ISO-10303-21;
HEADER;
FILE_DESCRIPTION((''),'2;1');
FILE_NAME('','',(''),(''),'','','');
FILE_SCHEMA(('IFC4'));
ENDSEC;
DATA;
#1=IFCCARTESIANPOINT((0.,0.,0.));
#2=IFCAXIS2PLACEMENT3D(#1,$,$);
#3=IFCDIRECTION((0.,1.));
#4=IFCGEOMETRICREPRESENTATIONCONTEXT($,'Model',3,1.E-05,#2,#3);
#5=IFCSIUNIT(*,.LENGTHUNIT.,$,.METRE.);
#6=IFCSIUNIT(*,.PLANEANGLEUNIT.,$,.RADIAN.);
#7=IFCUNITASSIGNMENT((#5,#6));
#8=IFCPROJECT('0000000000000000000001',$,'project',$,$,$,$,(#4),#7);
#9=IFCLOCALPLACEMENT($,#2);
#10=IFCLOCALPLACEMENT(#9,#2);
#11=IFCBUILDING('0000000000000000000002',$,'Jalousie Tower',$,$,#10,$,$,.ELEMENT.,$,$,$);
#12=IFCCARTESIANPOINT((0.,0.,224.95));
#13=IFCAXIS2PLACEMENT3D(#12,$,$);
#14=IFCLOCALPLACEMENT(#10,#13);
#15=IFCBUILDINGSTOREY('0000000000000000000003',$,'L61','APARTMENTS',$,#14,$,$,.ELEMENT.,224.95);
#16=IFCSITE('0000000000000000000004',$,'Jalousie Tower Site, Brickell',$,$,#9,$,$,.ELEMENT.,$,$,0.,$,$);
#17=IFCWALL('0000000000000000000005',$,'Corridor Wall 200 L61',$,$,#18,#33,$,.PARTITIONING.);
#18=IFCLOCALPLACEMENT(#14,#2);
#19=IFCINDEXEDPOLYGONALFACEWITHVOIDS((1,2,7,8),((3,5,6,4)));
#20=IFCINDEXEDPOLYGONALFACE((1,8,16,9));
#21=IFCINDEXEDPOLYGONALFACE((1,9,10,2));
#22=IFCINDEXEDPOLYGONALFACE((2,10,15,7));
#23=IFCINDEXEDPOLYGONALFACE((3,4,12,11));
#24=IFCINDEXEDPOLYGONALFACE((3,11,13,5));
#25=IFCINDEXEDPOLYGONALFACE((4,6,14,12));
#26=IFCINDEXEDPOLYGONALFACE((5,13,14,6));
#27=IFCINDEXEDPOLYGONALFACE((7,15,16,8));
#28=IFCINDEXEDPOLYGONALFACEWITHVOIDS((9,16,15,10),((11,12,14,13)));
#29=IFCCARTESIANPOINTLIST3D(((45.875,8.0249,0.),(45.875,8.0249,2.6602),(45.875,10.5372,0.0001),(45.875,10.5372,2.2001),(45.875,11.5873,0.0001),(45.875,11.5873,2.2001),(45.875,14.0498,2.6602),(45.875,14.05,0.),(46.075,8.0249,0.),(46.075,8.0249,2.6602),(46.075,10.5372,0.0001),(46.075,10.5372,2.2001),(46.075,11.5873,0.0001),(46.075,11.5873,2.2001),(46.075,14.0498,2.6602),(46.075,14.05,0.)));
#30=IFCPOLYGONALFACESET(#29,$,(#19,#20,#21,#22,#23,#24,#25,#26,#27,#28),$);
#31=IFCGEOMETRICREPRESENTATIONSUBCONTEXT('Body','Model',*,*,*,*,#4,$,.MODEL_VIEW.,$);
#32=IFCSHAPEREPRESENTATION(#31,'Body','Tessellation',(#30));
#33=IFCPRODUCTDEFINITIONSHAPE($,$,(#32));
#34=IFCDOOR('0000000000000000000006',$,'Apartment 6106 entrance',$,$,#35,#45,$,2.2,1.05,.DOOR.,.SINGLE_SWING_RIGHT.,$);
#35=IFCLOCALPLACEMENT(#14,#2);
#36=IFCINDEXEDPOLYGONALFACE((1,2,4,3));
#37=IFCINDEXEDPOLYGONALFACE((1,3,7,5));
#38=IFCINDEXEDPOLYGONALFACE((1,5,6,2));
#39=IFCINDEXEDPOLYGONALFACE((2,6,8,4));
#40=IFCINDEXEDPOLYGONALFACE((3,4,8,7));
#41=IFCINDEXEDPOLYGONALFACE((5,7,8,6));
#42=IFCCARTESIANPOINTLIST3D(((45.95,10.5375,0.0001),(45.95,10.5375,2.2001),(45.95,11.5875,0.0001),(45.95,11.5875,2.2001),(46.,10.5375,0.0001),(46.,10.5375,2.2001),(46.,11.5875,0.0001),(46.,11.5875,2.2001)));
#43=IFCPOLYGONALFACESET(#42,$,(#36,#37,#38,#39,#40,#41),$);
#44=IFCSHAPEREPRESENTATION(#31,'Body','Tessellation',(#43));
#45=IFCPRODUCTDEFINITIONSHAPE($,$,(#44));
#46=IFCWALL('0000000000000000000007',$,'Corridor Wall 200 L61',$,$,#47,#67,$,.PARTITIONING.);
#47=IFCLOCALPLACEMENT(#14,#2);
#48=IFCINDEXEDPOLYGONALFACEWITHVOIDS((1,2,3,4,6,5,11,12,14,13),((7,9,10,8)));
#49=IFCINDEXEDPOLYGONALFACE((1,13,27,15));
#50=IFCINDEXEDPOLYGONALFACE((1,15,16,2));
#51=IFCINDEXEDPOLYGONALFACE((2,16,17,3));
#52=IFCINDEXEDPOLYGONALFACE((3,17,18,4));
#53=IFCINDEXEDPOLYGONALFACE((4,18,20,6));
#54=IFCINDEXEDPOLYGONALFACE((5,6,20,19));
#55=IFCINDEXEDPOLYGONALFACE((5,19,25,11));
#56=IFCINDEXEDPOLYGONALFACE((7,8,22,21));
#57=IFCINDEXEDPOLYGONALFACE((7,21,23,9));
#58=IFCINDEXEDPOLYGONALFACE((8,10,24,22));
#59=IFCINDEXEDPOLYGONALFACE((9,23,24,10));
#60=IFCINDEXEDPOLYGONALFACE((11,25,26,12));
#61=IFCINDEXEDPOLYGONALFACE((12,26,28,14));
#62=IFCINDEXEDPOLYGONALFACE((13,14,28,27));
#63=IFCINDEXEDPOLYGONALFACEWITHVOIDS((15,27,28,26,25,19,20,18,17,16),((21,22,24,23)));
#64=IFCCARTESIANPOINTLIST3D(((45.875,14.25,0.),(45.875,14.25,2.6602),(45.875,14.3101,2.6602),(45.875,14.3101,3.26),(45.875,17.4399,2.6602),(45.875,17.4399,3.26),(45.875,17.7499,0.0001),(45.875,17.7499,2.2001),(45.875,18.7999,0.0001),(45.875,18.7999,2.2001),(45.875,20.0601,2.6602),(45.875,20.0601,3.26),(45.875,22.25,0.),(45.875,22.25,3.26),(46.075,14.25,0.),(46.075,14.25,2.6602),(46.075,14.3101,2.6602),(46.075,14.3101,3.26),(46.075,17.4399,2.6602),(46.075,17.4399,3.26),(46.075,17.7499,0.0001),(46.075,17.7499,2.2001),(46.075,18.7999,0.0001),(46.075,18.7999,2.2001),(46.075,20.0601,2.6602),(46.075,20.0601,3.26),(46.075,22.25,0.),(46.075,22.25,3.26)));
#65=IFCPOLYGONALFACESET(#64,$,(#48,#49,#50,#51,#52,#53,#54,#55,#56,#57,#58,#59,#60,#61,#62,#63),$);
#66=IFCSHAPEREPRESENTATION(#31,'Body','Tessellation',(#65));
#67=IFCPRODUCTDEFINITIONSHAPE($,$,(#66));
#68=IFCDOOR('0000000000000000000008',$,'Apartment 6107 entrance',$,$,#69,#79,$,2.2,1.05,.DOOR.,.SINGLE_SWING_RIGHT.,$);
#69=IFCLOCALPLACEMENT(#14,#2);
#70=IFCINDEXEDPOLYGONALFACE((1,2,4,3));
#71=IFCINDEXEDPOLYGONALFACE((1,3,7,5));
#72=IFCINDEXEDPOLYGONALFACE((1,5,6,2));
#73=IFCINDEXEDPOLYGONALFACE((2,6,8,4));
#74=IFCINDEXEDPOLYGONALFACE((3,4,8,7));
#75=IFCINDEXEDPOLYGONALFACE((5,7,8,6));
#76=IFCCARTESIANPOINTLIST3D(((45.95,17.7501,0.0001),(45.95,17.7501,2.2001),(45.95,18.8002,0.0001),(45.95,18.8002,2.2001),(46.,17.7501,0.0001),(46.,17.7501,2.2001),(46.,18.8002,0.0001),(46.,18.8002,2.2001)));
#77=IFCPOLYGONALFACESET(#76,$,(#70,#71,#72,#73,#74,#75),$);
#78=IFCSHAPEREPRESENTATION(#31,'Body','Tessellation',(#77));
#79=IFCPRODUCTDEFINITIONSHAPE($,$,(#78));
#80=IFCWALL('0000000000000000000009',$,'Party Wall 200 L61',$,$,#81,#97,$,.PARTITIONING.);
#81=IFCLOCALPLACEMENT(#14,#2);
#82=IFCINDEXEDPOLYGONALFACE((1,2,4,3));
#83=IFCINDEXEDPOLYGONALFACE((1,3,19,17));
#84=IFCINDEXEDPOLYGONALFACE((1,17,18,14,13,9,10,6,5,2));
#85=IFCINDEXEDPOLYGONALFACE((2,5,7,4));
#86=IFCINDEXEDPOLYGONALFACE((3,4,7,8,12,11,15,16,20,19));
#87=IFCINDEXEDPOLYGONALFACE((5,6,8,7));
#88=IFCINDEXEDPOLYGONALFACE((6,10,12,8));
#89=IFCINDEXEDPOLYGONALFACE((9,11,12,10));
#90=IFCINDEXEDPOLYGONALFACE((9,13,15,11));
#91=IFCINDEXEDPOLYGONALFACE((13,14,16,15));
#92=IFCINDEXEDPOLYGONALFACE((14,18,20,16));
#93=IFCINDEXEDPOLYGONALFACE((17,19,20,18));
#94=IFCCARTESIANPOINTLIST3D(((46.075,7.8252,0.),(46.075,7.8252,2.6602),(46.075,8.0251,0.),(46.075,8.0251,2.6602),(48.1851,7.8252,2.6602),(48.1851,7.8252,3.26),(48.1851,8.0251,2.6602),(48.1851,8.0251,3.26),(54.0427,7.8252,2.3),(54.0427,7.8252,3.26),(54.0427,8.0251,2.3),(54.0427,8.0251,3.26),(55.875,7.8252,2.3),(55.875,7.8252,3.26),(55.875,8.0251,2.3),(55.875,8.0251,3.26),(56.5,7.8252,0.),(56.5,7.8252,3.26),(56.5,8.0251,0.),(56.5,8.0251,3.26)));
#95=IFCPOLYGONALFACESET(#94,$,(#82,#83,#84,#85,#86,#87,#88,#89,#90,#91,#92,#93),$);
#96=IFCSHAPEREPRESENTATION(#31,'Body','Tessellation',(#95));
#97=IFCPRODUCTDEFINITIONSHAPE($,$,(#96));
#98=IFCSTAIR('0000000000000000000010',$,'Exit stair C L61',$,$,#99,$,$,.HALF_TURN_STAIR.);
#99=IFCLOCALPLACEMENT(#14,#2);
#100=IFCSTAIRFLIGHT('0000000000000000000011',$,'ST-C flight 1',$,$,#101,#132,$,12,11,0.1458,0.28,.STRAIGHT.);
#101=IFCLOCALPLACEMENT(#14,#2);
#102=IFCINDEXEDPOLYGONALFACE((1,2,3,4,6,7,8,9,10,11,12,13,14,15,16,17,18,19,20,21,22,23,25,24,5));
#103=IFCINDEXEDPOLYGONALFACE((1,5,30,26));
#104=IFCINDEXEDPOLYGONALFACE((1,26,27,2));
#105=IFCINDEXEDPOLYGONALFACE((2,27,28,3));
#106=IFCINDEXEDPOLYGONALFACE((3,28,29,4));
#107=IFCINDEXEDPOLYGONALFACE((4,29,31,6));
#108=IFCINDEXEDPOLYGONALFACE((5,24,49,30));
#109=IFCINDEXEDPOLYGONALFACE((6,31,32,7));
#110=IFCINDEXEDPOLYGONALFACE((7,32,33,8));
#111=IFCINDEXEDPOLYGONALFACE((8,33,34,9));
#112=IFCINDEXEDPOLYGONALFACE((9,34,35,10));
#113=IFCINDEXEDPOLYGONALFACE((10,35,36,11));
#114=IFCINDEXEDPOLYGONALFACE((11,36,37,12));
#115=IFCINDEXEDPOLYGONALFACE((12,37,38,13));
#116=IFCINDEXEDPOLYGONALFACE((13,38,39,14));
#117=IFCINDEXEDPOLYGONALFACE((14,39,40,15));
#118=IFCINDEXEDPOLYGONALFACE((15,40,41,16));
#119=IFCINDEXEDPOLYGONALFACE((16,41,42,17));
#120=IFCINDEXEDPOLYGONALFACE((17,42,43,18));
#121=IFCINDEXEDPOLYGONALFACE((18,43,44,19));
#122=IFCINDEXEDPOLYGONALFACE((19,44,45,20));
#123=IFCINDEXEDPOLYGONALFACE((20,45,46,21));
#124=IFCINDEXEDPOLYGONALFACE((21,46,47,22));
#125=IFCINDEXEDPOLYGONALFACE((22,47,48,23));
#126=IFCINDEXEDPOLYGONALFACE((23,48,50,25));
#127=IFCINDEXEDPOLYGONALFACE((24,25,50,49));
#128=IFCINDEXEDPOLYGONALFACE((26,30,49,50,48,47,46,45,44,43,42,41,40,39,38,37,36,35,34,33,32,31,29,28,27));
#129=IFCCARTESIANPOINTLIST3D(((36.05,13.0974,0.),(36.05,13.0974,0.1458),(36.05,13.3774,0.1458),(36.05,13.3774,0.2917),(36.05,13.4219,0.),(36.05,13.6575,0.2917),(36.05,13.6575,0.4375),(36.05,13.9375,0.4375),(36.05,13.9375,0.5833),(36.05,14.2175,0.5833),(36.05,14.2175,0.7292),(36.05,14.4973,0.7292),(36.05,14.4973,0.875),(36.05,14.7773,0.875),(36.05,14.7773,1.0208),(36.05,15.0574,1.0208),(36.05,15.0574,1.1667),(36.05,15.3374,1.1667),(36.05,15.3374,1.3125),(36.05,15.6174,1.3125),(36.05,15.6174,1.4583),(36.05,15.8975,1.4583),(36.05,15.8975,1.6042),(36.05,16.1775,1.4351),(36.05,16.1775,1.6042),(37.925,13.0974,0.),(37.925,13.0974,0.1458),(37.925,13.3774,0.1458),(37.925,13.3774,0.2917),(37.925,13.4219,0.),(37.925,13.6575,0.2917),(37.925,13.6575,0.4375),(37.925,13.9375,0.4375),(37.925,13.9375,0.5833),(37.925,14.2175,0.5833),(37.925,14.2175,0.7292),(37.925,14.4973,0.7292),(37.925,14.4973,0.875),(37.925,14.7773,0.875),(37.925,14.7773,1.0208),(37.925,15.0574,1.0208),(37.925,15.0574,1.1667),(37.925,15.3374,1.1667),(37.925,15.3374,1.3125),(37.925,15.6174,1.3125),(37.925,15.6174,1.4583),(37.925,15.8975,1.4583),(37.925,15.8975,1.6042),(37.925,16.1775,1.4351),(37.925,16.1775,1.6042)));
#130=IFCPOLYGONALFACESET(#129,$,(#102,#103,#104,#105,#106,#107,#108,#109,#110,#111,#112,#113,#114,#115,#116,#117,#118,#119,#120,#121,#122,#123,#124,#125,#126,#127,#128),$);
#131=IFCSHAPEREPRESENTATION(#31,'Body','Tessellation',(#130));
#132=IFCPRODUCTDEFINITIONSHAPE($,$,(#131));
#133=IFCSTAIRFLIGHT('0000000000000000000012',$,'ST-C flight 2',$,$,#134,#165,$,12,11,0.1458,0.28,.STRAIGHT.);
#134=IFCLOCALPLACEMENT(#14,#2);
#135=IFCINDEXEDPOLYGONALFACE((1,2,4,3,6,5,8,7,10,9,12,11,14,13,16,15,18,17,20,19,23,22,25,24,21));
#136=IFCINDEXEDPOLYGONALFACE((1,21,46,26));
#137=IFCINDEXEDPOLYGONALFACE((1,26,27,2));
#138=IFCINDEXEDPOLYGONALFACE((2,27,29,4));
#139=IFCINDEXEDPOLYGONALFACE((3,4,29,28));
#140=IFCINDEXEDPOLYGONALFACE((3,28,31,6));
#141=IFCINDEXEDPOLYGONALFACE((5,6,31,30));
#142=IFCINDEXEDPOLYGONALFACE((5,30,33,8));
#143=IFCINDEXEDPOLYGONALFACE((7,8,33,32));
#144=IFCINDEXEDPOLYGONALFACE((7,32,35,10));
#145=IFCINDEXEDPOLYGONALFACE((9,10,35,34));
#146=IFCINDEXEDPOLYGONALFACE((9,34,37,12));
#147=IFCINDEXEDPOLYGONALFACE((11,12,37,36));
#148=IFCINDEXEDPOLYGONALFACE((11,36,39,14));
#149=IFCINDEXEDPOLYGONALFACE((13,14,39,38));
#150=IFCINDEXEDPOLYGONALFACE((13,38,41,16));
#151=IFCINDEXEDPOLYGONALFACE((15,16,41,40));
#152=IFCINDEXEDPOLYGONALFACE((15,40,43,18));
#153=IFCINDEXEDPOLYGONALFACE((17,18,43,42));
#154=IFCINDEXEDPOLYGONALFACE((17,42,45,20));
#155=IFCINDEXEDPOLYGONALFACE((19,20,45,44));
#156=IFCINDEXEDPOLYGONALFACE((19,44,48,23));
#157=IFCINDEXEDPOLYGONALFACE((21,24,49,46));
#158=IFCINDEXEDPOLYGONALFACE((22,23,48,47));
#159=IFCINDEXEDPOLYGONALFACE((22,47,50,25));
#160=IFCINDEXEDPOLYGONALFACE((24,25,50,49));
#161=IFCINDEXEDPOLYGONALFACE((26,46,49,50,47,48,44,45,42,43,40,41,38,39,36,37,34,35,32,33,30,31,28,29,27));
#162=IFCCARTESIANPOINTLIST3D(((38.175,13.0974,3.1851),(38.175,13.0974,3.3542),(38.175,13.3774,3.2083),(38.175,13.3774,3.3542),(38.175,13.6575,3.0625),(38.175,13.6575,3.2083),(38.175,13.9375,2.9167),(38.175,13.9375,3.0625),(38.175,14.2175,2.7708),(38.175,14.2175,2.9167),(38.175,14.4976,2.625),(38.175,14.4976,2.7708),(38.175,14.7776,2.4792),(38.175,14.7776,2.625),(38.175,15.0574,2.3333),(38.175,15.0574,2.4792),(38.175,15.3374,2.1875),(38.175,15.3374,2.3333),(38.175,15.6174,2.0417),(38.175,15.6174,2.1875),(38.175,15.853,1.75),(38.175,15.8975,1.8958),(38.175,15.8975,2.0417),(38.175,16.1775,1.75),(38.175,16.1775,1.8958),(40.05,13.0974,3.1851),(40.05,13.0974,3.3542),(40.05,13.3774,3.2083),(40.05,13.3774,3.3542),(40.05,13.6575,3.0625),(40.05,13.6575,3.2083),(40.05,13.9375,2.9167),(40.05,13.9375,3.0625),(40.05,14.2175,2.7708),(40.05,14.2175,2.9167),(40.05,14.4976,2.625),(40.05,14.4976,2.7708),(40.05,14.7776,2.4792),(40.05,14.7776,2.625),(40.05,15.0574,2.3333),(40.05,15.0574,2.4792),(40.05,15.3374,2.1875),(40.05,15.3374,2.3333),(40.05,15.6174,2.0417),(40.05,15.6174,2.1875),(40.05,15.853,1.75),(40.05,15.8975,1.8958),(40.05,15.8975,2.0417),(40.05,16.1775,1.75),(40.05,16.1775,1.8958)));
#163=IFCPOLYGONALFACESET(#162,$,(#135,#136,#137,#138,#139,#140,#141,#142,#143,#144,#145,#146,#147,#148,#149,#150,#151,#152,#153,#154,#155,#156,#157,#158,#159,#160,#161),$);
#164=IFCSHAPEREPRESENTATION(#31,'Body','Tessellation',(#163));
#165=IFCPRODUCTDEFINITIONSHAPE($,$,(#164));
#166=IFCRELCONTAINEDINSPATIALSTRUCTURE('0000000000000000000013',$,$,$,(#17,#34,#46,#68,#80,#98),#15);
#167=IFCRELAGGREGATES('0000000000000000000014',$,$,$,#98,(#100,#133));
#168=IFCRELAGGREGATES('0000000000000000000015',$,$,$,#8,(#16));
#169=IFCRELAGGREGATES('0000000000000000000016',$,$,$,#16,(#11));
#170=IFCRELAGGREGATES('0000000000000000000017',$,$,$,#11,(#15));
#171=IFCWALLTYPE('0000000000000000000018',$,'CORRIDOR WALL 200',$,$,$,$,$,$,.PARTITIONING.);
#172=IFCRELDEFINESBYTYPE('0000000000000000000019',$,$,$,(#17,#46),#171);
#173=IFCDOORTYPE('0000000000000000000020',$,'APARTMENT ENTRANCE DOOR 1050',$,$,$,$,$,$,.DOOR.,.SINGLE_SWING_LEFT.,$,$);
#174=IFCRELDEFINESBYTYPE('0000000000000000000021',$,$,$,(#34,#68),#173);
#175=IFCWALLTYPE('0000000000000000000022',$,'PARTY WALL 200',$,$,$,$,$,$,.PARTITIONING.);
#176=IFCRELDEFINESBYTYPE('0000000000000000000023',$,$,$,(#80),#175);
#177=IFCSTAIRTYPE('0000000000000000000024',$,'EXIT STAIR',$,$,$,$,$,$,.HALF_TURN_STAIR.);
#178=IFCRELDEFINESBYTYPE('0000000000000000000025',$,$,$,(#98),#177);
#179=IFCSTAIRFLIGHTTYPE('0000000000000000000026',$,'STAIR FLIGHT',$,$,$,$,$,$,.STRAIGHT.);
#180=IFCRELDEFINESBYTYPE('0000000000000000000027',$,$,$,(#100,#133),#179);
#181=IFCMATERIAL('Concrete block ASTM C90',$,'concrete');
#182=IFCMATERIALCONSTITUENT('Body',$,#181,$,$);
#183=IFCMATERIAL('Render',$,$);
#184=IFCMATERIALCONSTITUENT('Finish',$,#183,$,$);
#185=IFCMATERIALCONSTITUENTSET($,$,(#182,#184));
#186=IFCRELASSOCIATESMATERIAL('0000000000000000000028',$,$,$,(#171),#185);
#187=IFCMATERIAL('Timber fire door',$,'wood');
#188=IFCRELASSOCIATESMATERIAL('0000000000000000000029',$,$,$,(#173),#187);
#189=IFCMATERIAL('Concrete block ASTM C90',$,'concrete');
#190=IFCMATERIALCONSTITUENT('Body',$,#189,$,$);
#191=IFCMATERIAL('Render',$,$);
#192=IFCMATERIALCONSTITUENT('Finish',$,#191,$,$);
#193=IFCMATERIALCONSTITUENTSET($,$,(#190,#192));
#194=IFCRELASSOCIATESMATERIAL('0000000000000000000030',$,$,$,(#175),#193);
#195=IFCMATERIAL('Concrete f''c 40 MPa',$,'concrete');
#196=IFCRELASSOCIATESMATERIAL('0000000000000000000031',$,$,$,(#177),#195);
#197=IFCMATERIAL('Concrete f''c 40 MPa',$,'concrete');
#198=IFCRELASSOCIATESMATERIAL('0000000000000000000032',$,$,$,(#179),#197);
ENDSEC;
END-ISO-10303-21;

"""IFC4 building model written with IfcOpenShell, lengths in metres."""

from ifc_helpers import new_model, si_unit, direction, frame, frame_2d, origin, place, context, subcontext, project, spatial, polyline, rectangle, outline, extrude, material, constituent, constituent_set, type_object, element, fill, aggregate, save


model = new_model("IFC4")

# Units and contexts
model_context = context("Model", 3, precision=1e-05, world=origin(), true_north=direction((0.0, 1.0)))
body_context = subcontext(model_context, "Body", "Model", "MODEL_VIEW")
ifc_project = project(units=[si_unit("LENGTHUNIT", "METRE"), si_unit("PLANEANGLEUNIT", "RADIAN")], contexts=[model_context])

# Site, building, storey
site_placement = place(None, origin())
site = spatial("IfcSite", under=ifc_project, at=site_placement, Name="Jalousie Tower Site, Brickell", CompositionType="ELEMENT", RefElevation=0.0)
building_placement = place(site_placement, origin())
building = spatial("IfcBuilding", under=site, at=building_placement, Name="Jalousie Tower", CompositionType="ELEMENT")
storey_placement = place(building_placement, frame((0.0, 0.0, 224.95)))
storey = spatial("IfcBuildingStorey", under=building, at=storey_placement, Name="L61", Description="APARTMENTS", CompositionType="ELEMENT", Elevation=224.95)

# Walls, openings, doors
ifc_material_1 = material(Name="Concrete block ASTM C90", Category="concrete")
ifc_constituent_1 = constituent(ifc_material_1, Name="Body")
ifc_material_2 = material(Name="Render")
ifc_constituent_2 = constituent(ifc_material_2, Name="Finish")
ifc_constituent_set_1 = constituent_set(constituents=[ifc_constituent_1, ifc_constituent_2])
wall_type_1 = type_object("IfcWallType", Name="CORRIDOR WALL 200", PredefinedType="PARTITIONING", material=ifc_constituent_set_1)
ifc_material_3 = material(Name="Timber fire door", Category="wood")
door_type_1 = type_object("IfcDoorType", Name="APARTMENT ENTRANCE DOOR 1050", OperationType="SINGLE_SWING_LEFT", PredefinedType="DOOR", material=ifc_material_3)
wall_1_placement = place(storey_placement, frame((45.9751, 8.0249, 0.0), z_axis=(0.0, 0.0, 1.0), x_axis=(0.0, 1.0, 0.0)))
wall_1 = element("IfcWall", 1, at=wall_1_placement, inside=storey, type_object=wall_type_1, Name="Corridor Wall 200 L61", PredefinedType="PARTITIONING", context=body_context, shape_type="SweptSolid", body=[
    extrude(outline(polyline([(0.0, 0.0), (6.0251, 0.0), (6.0249, 3.26), (6.0249, 2.6602), (5.085, 2.6602), (0.0, 2.6602), (0.0, 3.26), (0.0, 0.0)])), frame((0.0, 0.1001, 0.0), z_axis=(0.0, -1.0, 0.0), x_axis=(1.0, 0.0, 0.0)), (0.0, 0.0, 1.0), 0.2),
])
opening_1_placement = place(wall_1_placement, frame((2.5125, 0.0, 0.0)))
opening_1 = element("IfcOpeningElement", 2, at=opening_1_placement, cuts=wall_1, PredefinedType="OPENING", context=body_context, shape_type="SweptSolid", body=[
    extrude(rectangle(XDim=1.05, YDim=2.2, at=frame_2d((0.5249, 1.1001))), frame((0.0, 0.1099, 0.0), z_axis=(0.0, -1.0, 0.0), x_axis=(1.0, 0.0, 0.0)), (0.0, 0.0, 1.0), 0.22),
])
door_1_placement = place(opening_1_placement, frame((1.05, 0.0, 0.0), z_axis=(0.0, 0.0, 1.0), x_axis=(-1.0, 0.0, 0.0)))
door_1 = element("IfcDoor", 3, at=door_1_placement, inside=storey, type_object=door_type_1, Name="Apartment 6106 entrance", OperationType="SINGLE_SWING_RIGHT", OverallHeight=2.2, OverallWidth=1.05, PredefinedType="DOOR", context=body_context, shape_type="SweptSolid", body=[
    extrude(rectangle(XDim=1.05, YDim=2.2, at=frame_2d((0.5249, 1.1001))), frame((0.0, 0.0249, 0.0), z_axis=(0.0, -1.0, 0.0), x_axis=(1.0, 0.0, 0.0)), (0.0, 0.0, 1.0), 0.05),
])
fill(opening_1, door_1)
wall_2_placement = place(storey_placement, frame((45.9751, 14.25, 0.0), z_axis=(0.0, 0.0, 1.0), x_axis=(0.0, 1.0, 0.0)))
wall_2 = element("IfcWall", 4, at=wall_2_placement, inside=storey, type_object=wall_type_1, Name="Corridor Wall 200 L61", PredefinedType="PARTITIONING", context=body_context, shape_type="SweptSolid", body=[
    extrude(outline(polyline([(0.0, 0.0), (8.0, 0.0), (8.0, 3.26), (5.8101, 3.26), (5.8101, 2.6602), (3.1899, 2.6602), (3.1899, 3.26), (0.0601, 3.26), (0.0601, 2.6602), (0.0, 2.6602), (0.0, 3.26), (0.0, 0.0)])), frame((0.0, 0.1001, 0.0), z_axis=(0.0, -1.0, 0.0), x_axis=(1.0, 0.0, 0.0)), (0.0, 0.0, 1.0), 0.2),
])
opening_2_placement = place(wall_2_placement, frame((3.5, 0.0, 0.0)))
opening_2 = element("IfcOpeningElement", 5, at=opening_2_placement, cuts=wall_2, PredefinedType="OPENING", context=body_context, shape_type="SweptSolid", body=[
    extrude(rectangle(XDim=1.05, YDim=2.2, at=frame_2d((0.5249, 1.1001))), frame((0.0, 0.1099, 0.0), z_axis=(0.0, -1.0, 0.0), x_axis=(1.0, 0.0, 0.0)), (0.0, 0.0, 1.0), 0.22),
])
door_2_placement = place(opening_2_placement, frame((1.05, 0.0, 0.0), z_axis=(0.0, 0.0, 1.0), x_axis=(-1.0, 0.0, 0.0)))
door_2 = element("IfcDoor", 6, at=door_2_placement, inside=storey, type_object=door_type_1, Name="Apartment 6107 entrance", OperationType="SINGLE_SWING_RIGHT", OverallHeight=2.2, OverallWidth=1.05, PredefinedType="DOOR", context=body_context, shape_type="SweptSolid", body=[
    extrude(rectangle(XDim=1.05, YDim=2.2, at=frame_2d((0.5249, 1.1001))), frame((0.0, 0.0249, 0.0), z_axis=(0.0, -1.0, 0.0), x_axis=(1.0, 0.0, 0.0)), (0.0, 0.0, 1.0), 0.05),
])
fill(opening_2, door_2)

# Wall
ifc_material_4 = material(Name="Concrete block ASTM C90", Category="concrete")
ifc_constituent_3 = constituent(ifc_material_4, Name="Body")
ifc_material_5 = material(Name="Render")
ifc_constituent_4 = constituent(ifc_material_5, Name="Finish")
ifc_constituent_set_2 = constituent_set(constituents=[ifc_constituent_3, ifc_constituent_4])
wall_type_2 = type_object("IfcWallType", Name="PARTY WALL 200", PredefinedType="PARTITIONING", material=ifc_constituent_set_2)
wall_3_placement = place(storey_placement, frame((46.075, 7.925, 0.0), z_axis=(0.0, 0.0, 1.0), x_axis=(1.0, 0.0, 0.0)))
element("IfcWall", 7, at=wall_3_placement, inside=storey, type_object=wall_type_2, Name="Party Wall 200 L61", PredefinedType="PARTITIONING", context=body_context, shape_type="SweptSolid", body=[
    extrude(outline(polyline([(0.0, 0.0), (10.425, 0.0), (10.425, 3.26), (9.8, 3.26), (9.8, 2.3), (7.9678, 2.3), (7.9678, 3.26), (2.1101, 3.26), (2.1101, 2.6602), (0.0, 2.6602), (0.0, 3.26), (0.0, 0.0)])), frame((0.0, 0.1001, 0.0), z_axis=(0.0, -1.0, 0.0), x_axis=(1.0, 0.0, 0.0)), (0.0, 0.0, 1.0), 0.2),
])

# Stair, stair flights
ifc_material_6 = material(Name="Concrete f'c 40 MPa", Category="concrete")
stair_type = type_object("IfcStairType", Name="EXIT STAIR", PredefinedType="HALF_TURN_STAIR", material=ifc_material_6)
stair_placement = place(storey_placement, origin())
stair = element("IfcStair", 8, at=stair_placement, inside=storey, type_object=stair_type, Name="Exit stair C L61", PredefinedType="HALF_TURN_STAIR")
ifc_material_7 = material(Name="Concrete f'c 40 MPa", Category="concrete")
stair_flight_type = type_object("IfcStairFlightType", Name="STAIR FLIGHT", PredefinedType="STRAIGHT", material=ifc_material_7)
stair_flight_1_placement = place(storey_placement, frame((36.9875, 13.0974, 0.0), z_axis=(0.0, 0.0, 1.0), x_axis=(0.0, 1.0, 0.0)))
stair_flight_1 = element("IfcStairFlight", 9, at=stair_flight_1_placement, type_object=stair_flight_type, Name="ST-C flight 1", NumberOfRisers=12, NumberOfTreads=11, PredefinedType="STRAIGHT", RiserHeight=0.1458, TreadLength=0.28, context=body_context, shape_type="SweptSolid", body=[
    extrude(outline(polyline([(0.0, 0.0), (0.0, 0.1458), (0.28, 0.1458), (0.28, 0.2917), (0.5601, 0.2917), (0.5601, 0.4375), (0.8401, 0.4375), (0.8401, 0.5833), (1.1201, 0.5833), (1.1201, 0.7292), (1.3999, 0.7292), (1.3999, 0.875), (1.6799, 0.875), (1.6799, 1.0208), (1.96, 1.0208), (1.96, 1.1667), (2.24, 1.1667), (2.24, 1.3125), (2.52, 1.3125), (2.52, 1.4583), (2.8, 1.4583), (2.8, 1.6042), (3.0801, 1.6042), (3.0801, 1.75), (3.0801, 1.4351), (0.3245, 0.0), (0.0, 0.0)])), frame((0.0, 0.9375, 0.0), z_axis=(0.0, -1.0, 0.0), x_axis=(1.0, 0.0, 0.0)), (0.0, 0.0, 1.0), 1.875),
])
stair_flight_2_placement = place(storey_placement, frame((39.1125, 16.1775, 1.75), z_axis=(0.0, 0.0, 1.0), x_axis=(0.0, -1.0, 0.0)))
stair_flight_2 = element("IfcStairFlight", 10, at=stair_flight_2_placement, type_object=stair_flight_type, Name="ST-C flight 2", NumberOfRisers=12, NumberOfTreads=11, PredefinedType="STRAIGHT", RiserHeight=0.1458, TreadLength=0.28, context=body_context, shape_type="SweptSolid", body=[
    extrude(outline(polyline([(0.0, 0.0), (0.0, 0.1458), (0.28, 0.1458), (0.28, 0.2917), (0.5601, 0.2917), (0.5601, 0.4375), (0.8401, 0.4375), (0.8401, 0.5833), (1.1201, 0.5833), (1.1201, 0.7292), (1.3999, 0.7292), (1.3999, 0.875), (1.6799, 0.875), (1.6799, 1.0208), (1.96, 1.0208), (1.96, 1.1667), (2.24, 1.1667), (2.24, 1.3125), (2.52, 1.3125), (2.52, 1.4583), (2.8, 1.4583), (2.8, 1.6042), (3.0801, 1.6042), (3.0801, 1.75), (3.0801, 1.4351), (0.3245, 0.0), (0.0, 0.0)])), frame((0.0, 0.9375, 0.0), z_axis=(0.0, -1.0, 0.0), x_axis=(1.0, 0.0, 0.0)), (0.0, 0.0, 1.0), 1.875),
])
aggregate(stair, [stair_flight_1, stair_flight_2])

save(model, "model.ifc")
